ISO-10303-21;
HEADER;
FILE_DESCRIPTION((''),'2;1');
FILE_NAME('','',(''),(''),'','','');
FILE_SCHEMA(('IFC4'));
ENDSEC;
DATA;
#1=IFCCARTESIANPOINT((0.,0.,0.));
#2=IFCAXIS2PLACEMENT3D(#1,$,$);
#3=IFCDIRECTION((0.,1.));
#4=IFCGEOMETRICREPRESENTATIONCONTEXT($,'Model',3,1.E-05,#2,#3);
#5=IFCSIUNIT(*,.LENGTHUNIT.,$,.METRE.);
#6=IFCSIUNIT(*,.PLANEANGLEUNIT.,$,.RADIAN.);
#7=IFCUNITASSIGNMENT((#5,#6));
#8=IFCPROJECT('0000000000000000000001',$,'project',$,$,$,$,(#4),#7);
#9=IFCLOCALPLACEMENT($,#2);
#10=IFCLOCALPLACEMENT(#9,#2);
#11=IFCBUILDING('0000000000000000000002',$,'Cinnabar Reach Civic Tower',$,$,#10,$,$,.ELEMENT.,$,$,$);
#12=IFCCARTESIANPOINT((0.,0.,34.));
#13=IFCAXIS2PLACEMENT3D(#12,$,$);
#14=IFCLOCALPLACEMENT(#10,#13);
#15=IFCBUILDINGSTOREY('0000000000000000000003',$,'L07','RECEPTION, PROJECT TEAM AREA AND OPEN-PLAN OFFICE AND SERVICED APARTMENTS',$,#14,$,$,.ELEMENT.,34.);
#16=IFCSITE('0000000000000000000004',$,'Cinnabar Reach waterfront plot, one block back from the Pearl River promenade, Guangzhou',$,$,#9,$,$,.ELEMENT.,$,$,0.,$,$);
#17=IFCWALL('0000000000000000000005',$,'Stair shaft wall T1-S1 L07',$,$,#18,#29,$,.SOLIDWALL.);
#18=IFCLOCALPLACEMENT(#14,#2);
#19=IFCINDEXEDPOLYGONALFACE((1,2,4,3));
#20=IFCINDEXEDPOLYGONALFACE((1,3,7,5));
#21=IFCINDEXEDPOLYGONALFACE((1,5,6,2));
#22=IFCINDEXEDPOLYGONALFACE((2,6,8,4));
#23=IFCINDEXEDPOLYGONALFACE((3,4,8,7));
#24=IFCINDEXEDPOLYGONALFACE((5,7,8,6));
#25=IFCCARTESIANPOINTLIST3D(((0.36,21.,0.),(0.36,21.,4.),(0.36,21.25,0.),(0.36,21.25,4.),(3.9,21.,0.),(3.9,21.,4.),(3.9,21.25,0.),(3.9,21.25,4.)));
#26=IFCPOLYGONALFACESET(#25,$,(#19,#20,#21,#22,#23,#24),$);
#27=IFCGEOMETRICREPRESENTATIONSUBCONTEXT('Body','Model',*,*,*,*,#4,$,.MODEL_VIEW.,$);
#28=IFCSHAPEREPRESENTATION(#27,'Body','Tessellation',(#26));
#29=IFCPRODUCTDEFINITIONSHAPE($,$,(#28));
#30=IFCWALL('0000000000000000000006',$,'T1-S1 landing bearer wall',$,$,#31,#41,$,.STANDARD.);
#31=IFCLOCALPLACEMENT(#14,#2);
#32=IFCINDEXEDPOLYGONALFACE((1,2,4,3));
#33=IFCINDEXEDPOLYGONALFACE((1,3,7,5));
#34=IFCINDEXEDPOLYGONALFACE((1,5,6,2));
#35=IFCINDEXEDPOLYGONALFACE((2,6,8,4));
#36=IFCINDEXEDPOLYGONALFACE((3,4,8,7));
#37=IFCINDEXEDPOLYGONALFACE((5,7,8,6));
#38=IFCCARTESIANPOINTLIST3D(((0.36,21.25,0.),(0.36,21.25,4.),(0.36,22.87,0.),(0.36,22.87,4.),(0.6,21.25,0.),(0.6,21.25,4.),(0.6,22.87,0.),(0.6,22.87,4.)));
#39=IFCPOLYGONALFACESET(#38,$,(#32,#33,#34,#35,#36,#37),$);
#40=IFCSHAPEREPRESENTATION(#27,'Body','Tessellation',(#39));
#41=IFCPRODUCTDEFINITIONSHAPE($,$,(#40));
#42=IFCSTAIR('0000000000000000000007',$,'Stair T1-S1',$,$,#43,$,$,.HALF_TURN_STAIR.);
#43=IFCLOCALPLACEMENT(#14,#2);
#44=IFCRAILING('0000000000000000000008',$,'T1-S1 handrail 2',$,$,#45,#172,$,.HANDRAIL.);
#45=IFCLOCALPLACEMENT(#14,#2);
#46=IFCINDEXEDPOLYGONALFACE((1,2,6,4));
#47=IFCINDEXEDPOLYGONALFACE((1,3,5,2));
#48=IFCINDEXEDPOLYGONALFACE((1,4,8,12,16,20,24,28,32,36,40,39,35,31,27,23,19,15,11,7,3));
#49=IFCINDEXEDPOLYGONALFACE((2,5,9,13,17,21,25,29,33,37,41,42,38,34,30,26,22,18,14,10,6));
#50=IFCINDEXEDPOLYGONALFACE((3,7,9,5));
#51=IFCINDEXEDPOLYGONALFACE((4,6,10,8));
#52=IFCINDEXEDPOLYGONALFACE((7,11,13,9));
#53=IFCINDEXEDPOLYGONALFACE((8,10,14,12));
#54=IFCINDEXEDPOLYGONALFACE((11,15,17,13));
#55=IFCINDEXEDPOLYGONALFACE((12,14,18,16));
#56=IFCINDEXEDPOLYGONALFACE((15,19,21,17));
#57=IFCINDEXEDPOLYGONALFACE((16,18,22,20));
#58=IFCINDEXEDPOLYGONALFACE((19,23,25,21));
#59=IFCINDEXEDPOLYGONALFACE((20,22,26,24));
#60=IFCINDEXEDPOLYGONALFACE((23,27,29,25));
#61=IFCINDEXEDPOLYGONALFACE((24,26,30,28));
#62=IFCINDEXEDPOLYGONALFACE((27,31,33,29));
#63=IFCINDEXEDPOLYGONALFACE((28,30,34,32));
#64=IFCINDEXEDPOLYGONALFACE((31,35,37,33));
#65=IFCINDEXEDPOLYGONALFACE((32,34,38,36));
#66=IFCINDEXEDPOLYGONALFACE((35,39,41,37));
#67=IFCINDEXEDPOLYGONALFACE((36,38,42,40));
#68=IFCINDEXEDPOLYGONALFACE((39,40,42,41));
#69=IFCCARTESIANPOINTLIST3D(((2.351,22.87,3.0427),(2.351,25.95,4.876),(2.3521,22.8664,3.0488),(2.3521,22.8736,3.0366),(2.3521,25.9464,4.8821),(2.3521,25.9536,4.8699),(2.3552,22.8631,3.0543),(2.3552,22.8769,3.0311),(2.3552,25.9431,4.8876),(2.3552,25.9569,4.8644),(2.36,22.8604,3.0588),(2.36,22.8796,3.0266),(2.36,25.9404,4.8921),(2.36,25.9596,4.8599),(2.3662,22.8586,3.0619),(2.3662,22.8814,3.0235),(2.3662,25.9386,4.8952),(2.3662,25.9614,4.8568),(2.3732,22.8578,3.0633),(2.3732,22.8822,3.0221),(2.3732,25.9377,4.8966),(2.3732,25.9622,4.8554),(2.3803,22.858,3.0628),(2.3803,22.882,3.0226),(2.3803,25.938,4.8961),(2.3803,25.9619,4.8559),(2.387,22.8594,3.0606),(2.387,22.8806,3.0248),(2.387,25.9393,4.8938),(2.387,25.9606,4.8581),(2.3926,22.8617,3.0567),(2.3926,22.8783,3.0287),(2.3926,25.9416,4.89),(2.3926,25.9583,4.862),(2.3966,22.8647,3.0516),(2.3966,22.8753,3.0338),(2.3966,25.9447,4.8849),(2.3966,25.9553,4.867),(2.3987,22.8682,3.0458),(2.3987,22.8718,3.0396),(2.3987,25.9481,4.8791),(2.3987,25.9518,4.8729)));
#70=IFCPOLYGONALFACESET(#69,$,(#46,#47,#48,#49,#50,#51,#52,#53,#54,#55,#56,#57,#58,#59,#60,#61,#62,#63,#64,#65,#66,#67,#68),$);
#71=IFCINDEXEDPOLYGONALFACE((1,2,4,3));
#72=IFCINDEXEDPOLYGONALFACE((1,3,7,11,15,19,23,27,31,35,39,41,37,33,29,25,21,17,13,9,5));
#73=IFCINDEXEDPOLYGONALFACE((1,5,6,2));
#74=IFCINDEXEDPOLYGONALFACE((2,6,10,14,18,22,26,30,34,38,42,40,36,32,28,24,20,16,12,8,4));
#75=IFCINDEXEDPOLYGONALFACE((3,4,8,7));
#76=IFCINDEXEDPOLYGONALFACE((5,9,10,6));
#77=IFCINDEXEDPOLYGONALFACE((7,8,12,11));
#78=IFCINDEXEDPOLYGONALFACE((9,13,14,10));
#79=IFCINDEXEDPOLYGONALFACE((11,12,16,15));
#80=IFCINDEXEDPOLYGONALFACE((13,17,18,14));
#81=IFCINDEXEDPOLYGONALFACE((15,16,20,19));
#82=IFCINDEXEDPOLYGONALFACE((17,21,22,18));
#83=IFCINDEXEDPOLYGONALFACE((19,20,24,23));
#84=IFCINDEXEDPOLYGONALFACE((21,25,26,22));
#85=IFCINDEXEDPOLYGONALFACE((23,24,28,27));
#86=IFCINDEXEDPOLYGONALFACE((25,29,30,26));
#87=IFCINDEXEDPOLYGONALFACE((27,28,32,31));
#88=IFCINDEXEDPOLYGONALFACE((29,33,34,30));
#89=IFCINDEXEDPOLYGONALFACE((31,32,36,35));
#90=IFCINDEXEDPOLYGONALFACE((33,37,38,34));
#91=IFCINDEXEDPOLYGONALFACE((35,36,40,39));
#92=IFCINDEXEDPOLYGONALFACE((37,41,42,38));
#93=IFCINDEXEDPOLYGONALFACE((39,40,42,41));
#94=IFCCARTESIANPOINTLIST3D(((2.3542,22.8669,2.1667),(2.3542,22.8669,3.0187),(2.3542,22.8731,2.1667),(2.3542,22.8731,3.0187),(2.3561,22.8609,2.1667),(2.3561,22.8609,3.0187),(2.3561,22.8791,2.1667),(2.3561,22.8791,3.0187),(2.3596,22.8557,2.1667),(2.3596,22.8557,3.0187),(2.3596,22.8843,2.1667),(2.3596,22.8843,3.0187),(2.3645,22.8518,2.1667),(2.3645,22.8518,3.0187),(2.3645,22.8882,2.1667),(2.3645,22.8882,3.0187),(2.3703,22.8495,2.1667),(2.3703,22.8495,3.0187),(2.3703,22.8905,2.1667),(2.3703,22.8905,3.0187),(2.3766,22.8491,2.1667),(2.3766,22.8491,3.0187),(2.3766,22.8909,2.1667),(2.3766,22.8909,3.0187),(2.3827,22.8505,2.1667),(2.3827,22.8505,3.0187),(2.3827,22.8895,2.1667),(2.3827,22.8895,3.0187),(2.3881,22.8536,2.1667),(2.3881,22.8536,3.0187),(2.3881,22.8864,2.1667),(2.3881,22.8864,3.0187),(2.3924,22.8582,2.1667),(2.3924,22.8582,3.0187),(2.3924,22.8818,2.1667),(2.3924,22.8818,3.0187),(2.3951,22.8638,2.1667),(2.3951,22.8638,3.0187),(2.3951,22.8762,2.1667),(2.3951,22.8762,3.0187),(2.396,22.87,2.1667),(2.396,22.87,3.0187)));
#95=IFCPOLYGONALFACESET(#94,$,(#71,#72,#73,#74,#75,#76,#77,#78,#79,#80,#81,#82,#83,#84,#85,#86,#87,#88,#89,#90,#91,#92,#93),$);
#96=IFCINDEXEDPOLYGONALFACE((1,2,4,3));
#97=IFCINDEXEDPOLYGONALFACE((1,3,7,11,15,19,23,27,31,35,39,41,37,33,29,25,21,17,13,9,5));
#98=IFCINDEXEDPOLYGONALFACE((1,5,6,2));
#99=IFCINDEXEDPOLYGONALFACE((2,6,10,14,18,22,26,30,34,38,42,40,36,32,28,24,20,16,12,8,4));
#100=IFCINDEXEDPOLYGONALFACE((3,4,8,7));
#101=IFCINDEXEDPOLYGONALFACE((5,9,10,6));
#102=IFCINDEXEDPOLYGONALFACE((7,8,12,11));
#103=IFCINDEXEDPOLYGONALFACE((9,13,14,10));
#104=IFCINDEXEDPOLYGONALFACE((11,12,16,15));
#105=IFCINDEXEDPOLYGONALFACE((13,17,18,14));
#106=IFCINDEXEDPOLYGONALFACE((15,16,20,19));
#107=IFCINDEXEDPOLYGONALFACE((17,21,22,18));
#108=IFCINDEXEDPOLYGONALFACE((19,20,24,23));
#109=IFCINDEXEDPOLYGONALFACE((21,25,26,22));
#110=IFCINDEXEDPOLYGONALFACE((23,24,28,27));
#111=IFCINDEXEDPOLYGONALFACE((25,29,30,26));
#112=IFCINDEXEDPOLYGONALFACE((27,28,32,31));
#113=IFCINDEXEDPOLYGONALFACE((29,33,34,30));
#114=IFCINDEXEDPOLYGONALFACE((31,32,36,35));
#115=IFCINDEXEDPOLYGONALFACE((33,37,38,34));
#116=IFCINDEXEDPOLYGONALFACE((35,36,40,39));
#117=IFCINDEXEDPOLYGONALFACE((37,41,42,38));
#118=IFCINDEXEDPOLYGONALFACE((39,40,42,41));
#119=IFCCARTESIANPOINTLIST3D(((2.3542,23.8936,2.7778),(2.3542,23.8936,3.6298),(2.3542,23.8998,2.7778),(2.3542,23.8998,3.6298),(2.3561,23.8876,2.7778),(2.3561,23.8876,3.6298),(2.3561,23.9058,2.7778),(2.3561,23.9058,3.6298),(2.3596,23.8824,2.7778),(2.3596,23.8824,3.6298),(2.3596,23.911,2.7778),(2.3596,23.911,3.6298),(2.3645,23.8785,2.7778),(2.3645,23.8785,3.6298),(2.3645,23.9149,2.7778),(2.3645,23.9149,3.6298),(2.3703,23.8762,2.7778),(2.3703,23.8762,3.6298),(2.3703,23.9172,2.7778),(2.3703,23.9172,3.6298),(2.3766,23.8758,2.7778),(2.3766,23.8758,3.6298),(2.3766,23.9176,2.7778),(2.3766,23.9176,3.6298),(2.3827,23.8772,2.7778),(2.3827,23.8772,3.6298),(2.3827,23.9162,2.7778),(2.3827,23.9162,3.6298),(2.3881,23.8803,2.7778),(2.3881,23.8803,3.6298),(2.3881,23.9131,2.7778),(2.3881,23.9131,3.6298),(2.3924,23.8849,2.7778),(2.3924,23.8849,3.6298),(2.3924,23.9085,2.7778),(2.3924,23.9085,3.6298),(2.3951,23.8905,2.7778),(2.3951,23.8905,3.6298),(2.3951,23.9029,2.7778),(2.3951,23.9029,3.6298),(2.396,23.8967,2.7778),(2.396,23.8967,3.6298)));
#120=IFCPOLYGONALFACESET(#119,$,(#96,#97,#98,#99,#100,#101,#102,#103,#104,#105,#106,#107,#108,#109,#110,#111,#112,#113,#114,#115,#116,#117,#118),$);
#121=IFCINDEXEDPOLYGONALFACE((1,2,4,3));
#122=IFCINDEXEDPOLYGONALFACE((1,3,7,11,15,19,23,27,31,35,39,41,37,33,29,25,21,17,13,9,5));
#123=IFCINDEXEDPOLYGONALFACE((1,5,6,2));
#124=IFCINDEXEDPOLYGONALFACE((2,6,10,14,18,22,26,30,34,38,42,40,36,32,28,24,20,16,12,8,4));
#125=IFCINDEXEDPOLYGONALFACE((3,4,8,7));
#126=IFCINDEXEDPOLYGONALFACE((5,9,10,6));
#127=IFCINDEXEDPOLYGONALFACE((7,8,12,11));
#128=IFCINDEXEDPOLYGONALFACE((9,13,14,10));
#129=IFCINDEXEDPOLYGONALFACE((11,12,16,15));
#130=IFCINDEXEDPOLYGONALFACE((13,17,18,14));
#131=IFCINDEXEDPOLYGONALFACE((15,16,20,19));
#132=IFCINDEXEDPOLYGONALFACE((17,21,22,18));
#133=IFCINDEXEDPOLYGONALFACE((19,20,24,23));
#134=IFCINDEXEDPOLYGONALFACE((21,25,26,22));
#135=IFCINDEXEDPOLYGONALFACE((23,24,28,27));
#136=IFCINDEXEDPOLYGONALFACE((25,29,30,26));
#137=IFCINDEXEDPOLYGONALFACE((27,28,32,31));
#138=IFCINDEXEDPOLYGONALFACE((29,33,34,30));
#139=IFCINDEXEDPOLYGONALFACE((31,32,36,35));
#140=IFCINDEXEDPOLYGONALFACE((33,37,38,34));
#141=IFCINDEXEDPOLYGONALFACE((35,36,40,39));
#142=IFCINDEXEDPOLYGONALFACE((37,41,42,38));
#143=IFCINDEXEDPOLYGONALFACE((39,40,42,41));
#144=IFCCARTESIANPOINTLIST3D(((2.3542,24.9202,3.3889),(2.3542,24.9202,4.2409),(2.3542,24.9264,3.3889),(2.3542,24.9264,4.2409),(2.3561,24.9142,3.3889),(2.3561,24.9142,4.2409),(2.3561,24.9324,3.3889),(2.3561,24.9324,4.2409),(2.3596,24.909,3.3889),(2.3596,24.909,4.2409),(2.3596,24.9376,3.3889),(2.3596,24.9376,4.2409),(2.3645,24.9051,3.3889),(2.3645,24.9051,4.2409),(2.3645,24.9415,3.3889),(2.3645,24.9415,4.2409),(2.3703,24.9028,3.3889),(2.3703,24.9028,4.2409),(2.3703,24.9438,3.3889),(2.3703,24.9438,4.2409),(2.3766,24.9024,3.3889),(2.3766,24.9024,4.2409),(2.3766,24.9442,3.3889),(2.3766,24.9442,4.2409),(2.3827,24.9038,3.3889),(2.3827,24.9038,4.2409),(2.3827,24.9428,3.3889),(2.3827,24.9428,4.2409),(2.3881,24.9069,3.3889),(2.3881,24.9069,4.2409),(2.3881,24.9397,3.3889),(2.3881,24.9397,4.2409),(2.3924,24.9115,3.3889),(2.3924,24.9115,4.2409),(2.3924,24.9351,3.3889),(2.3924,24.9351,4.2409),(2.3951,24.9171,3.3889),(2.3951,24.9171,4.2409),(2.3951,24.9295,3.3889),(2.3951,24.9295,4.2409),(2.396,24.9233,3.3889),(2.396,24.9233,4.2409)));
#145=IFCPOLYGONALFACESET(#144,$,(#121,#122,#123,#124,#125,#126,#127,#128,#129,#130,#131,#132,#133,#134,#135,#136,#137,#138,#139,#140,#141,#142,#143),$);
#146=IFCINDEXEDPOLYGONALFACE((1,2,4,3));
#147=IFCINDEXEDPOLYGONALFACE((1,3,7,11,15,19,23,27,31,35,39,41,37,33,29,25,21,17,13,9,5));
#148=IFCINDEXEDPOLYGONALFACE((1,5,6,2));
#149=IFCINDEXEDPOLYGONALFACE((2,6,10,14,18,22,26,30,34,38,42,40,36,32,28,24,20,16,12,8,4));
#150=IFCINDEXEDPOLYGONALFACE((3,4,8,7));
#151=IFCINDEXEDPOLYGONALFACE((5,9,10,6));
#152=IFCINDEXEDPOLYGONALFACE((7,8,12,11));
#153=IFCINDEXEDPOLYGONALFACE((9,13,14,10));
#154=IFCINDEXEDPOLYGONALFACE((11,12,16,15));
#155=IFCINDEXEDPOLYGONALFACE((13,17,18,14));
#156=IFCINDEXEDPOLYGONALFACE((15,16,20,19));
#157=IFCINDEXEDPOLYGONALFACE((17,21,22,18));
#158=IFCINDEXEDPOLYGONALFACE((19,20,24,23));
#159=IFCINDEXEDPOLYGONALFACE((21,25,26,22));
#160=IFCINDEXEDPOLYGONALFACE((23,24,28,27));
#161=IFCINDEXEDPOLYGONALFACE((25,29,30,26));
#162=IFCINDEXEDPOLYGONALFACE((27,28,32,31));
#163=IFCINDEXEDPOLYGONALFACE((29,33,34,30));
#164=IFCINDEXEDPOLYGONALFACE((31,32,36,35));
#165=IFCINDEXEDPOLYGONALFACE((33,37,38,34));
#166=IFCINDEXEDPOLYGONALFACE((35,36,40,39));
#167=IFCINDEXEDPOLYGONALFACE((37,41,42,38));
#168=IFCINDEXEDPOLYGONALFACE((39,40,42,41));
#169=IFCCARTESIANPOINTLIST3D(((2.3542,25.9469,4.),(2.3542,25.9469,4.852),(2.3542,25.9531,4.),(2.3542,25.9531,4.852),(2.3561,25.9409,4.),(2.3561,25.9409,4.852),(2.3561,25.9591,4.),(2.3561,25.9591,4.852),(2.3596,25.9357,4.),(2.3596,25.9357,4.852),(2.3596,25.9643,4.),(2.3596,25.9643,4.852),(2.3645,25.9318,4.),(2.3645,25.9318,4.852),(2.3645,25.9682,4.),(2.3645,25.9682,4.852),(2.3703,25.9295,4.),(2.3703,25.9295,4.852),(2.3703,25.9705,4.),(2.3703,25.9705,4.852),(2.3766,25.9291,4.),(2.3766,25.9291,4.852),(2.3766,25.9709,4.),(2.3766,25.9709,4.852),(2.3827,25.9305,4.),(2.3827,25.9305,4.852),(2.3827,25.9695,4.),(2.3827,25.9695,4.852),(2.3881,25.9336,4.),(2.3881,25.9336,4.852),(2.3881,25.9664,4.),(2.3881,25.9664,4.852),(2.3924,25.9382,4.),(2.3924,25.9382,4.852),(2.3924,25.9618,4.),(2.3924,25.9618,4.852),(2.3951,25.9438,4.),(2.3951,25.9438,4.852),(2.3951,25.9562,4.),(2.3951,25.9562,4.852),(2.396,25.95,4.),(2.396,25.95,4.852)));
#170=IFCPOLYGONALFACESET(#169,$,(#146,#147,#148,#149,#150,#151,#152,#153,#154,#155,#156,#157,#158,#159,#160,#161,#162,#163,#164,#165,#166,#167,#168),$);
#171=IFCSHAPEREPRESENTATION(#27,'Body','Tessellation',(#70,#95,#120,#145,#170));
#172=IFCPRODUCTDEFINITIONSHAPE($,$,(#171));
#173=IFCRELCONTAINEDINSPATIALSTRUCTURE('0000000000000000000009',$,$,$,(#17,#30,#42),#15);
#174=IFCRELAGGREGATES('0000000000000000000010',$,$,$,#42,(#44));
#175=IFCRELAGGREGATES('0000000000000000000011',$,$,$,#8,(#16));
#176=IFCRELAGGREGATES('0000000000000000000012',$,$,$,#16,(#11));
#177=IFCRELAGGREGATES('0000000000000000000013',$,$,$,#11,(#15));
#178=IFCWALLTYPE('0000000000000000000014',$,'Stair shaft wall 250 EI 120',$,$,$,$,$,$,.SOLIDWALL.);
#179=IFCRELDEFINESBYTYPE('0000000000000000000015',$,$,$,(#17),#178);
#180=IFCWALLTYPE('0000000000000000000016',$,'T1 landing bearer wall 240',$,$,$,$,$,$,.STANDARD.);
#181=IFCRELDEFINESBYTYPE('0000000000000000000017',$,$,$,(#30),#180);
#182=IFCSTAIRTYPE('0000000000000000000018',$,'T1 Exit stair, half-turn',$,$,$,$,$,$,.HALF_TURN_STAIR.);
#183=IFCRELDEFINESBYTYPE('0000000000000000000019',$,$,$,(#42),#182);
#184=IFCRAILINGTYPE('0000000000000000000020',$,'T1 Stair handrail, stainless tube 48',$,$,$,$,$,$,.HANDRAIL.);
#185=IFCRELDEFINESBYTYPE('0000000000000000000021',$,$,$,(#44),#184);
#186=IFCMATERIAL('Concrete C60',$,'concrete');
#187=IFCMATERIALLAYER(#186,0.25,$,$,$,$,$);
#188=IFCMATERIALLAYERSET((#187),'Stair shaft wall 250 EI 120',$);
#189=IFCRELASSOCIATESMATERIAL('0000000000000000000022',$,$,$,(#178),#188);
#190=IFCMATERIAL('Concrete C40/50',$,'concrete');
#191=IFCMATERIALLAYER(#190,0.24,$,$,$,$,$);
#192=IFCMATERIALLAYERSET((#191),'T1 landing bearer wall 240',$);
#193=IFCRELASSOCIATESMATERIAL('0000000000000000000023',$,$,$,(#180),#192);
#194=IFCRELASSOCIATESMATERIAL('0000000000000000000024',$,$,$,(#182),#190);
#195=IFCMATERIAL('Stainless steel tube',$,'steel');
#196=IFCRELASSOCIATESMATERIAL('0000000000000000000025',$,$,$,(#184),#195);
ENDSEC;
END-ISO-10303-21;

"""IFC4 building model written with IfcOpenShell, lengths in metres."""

from ifc_helpers import new_model, si_unit, direction, frame, frame_2d, origin, origin_2d, place, context, subcontext, project, spatial, rectangle, circle, extrude, material, layer, layer_set, type_object, element, aggregate, save


model = new_model("IFC4")

# Units and contexts
model_context = context("Model", 3, precision=1e-05, world=origin(), true_north=direction((0.0, 1.0)))
body_context = subcontext(model_context, "Body", "Model", "MODEL_VIEW")
ifc_project = project(units=[si_unit("LENGTHUNIT", "METRE"), si_unit("PLANEANGLEUNIT", "RADIAN")], contexts=[model_context])

# Site, building, storey
site_placement = place(None, origin())
site = spatial("IfcSite", under=ifc_project, at=site_placement, Name="Cinnabar Reach waterfront plot, one block back from the Pearl River promenade, Guangzhou", CompositionType="ELEMENT", RefElevation=0.0)
building_placement = place(site_placement, origin())
building = spatial("IfcBuilding", under=site, at=building_placement, Name="Cinnabar Reach Civic Tower", CompositionType="ELEMENT")
storey_placement = place(building_placement, frame((0.0, 0.0, 34.0)))
storey = spatial("IfcBuildingStorey", under=building, at=storey_placement, Name="L07", Description="RECEPTION, PROJECT TEAM AREA AND OPEN-PLAN OFFICE AND SERVICED APARTMENTS", CompositionType="ELEMENT", Elevation=34.0)

# Walls
ifc_material_1 = material(Name="Concrete C60", Category="concrete")
ifc_layer_1 = layer(ifc_material_1, 0.25)
ifc_layer_set_1 = layer_set([ifc_layer_1], Name="Stair shaft wall 250 EI 120")
wall_type_1 = type_object("IfcWallType", Name="Stair shaft wall 250 EI 120", PredefinedType="SOLIDWALL", material=ifc_layer_set_1)
wall_1_placement = place(storey_placement, frame((0.36, 21.125, 0.0), z_axis=(0.0, 0.0, 1.0), x_axis=(1.0, 0.0, 0.0)))
element("IfcWall", 1, at=wall_1_placement, inside=storey, type_object=wall_type_1, Name="Stair shaft wall T1-S1 L07", PredefinedType="SOLIDWALL", context=body_context, shape_type="SweptSolid", body=[
    extrude(rectangle(XDim=3.54, YDim=0.25, at=frame_2d((1.77, 0.0))), origin(), (0.0, 0.0, 1.0), 4.0),
])
ifc_material_2 = material(Name="Concrete C40/50", Category="concrete")
ifc_layer_2 = layer(ifc_material_2, 0.24)
ifc_layer_set_2 = layer_set([ifc_layer_2], Name="T1 landing bearer wall 240")
wall_type_2 = type_object("IfcWallType", Name="T1 landing bearer wall 240", PredefinedType="STANDARD", material=ifc_layer_set_2)
wall_2_placement = place(storey_placement, frame((0.48, 21.25, 0.0), z_axis=(0.0, 0.0, 1.0), x_axis=(0.0, 1.0, 0.0)))
element("IfcWall", 2, at=wall_2_placement, inside=storey, type_object=wall_type_2, Name="T1-S1 landing bearer wall", PredefinedType="STANDARD", context=body_context, shape_type="SweptSolid", body=[
    extrude(rectangle(XDim=1.62, YDim=0.24, at=frame_2d((0.81, 0.0))), origin(), (0.0, 0.0, 1.0), 4.0),
])

# Stair, railing
stair_type = type_object("IfcStairType", Name="T1 Exit stair, half-turn", PredefinedType="HALF_TURN_STAIR", material=ifc_material_2)
stair_placement = place(storey_placement, origin())
stair = element("IfcStair", 3, at=stair_placement, inside=storey, type_object=stair_type, Name="Stair T1-S1", PredefinedType="HALF_TURN_STAIR")
ifc_material_3 = material(Name="Stainless steel tube", Category="steel")
railing_type = type_object("IfcRailingType", Name="T1 Stair handrail, stainless tube 48", PredefinedType="HANDRAIL", material=ifc_material_3)
railing_placement = place(storey_placement, frame((2.375, 22.87, 2.1667)))
railing = element("IfcRailing", 4, at=railing_placement, type_object=railing_type, Name="T1-S1 handrail 2", PredefinedType="HANDRAIL", context=body_context, shape_type="SweptSolid", body=[
    extrude(circle(Radius=0.024, at=origin_2d()), frame((0.0, 0.0, 0.876), z_axis=(0.0, 0.859297, 0.511477), x_axis=(-1.0, 0.0, 0.0)), (0.0, 0.0, 1.0), 3.5843),
    extrude(circle(Radius=0.021, at=origin_2d()), origin(), (0.0, 0.0, 1.0), 0.852),
    extrude(circle(Radius=0.021, at=origin_2d()), frame((0.0, 1.0267, 0.6111)), (0.0, 0.0, 1.0), 0.852),
    extrude(circle(Radius=0.021, at=origin_2d()), frame((0.0, 2.0533, 1.2222)), (0.0, 0.0, 1.0), 0.852),
    extrude(circle(Radius=0.021, at=origin_2d()), frame((0.0, 3.08, 1.8333)), (0.0, 0.0, 1.0), 0.852),
])
aggregate(stair, [railing])

save(model, "model.ifc")
